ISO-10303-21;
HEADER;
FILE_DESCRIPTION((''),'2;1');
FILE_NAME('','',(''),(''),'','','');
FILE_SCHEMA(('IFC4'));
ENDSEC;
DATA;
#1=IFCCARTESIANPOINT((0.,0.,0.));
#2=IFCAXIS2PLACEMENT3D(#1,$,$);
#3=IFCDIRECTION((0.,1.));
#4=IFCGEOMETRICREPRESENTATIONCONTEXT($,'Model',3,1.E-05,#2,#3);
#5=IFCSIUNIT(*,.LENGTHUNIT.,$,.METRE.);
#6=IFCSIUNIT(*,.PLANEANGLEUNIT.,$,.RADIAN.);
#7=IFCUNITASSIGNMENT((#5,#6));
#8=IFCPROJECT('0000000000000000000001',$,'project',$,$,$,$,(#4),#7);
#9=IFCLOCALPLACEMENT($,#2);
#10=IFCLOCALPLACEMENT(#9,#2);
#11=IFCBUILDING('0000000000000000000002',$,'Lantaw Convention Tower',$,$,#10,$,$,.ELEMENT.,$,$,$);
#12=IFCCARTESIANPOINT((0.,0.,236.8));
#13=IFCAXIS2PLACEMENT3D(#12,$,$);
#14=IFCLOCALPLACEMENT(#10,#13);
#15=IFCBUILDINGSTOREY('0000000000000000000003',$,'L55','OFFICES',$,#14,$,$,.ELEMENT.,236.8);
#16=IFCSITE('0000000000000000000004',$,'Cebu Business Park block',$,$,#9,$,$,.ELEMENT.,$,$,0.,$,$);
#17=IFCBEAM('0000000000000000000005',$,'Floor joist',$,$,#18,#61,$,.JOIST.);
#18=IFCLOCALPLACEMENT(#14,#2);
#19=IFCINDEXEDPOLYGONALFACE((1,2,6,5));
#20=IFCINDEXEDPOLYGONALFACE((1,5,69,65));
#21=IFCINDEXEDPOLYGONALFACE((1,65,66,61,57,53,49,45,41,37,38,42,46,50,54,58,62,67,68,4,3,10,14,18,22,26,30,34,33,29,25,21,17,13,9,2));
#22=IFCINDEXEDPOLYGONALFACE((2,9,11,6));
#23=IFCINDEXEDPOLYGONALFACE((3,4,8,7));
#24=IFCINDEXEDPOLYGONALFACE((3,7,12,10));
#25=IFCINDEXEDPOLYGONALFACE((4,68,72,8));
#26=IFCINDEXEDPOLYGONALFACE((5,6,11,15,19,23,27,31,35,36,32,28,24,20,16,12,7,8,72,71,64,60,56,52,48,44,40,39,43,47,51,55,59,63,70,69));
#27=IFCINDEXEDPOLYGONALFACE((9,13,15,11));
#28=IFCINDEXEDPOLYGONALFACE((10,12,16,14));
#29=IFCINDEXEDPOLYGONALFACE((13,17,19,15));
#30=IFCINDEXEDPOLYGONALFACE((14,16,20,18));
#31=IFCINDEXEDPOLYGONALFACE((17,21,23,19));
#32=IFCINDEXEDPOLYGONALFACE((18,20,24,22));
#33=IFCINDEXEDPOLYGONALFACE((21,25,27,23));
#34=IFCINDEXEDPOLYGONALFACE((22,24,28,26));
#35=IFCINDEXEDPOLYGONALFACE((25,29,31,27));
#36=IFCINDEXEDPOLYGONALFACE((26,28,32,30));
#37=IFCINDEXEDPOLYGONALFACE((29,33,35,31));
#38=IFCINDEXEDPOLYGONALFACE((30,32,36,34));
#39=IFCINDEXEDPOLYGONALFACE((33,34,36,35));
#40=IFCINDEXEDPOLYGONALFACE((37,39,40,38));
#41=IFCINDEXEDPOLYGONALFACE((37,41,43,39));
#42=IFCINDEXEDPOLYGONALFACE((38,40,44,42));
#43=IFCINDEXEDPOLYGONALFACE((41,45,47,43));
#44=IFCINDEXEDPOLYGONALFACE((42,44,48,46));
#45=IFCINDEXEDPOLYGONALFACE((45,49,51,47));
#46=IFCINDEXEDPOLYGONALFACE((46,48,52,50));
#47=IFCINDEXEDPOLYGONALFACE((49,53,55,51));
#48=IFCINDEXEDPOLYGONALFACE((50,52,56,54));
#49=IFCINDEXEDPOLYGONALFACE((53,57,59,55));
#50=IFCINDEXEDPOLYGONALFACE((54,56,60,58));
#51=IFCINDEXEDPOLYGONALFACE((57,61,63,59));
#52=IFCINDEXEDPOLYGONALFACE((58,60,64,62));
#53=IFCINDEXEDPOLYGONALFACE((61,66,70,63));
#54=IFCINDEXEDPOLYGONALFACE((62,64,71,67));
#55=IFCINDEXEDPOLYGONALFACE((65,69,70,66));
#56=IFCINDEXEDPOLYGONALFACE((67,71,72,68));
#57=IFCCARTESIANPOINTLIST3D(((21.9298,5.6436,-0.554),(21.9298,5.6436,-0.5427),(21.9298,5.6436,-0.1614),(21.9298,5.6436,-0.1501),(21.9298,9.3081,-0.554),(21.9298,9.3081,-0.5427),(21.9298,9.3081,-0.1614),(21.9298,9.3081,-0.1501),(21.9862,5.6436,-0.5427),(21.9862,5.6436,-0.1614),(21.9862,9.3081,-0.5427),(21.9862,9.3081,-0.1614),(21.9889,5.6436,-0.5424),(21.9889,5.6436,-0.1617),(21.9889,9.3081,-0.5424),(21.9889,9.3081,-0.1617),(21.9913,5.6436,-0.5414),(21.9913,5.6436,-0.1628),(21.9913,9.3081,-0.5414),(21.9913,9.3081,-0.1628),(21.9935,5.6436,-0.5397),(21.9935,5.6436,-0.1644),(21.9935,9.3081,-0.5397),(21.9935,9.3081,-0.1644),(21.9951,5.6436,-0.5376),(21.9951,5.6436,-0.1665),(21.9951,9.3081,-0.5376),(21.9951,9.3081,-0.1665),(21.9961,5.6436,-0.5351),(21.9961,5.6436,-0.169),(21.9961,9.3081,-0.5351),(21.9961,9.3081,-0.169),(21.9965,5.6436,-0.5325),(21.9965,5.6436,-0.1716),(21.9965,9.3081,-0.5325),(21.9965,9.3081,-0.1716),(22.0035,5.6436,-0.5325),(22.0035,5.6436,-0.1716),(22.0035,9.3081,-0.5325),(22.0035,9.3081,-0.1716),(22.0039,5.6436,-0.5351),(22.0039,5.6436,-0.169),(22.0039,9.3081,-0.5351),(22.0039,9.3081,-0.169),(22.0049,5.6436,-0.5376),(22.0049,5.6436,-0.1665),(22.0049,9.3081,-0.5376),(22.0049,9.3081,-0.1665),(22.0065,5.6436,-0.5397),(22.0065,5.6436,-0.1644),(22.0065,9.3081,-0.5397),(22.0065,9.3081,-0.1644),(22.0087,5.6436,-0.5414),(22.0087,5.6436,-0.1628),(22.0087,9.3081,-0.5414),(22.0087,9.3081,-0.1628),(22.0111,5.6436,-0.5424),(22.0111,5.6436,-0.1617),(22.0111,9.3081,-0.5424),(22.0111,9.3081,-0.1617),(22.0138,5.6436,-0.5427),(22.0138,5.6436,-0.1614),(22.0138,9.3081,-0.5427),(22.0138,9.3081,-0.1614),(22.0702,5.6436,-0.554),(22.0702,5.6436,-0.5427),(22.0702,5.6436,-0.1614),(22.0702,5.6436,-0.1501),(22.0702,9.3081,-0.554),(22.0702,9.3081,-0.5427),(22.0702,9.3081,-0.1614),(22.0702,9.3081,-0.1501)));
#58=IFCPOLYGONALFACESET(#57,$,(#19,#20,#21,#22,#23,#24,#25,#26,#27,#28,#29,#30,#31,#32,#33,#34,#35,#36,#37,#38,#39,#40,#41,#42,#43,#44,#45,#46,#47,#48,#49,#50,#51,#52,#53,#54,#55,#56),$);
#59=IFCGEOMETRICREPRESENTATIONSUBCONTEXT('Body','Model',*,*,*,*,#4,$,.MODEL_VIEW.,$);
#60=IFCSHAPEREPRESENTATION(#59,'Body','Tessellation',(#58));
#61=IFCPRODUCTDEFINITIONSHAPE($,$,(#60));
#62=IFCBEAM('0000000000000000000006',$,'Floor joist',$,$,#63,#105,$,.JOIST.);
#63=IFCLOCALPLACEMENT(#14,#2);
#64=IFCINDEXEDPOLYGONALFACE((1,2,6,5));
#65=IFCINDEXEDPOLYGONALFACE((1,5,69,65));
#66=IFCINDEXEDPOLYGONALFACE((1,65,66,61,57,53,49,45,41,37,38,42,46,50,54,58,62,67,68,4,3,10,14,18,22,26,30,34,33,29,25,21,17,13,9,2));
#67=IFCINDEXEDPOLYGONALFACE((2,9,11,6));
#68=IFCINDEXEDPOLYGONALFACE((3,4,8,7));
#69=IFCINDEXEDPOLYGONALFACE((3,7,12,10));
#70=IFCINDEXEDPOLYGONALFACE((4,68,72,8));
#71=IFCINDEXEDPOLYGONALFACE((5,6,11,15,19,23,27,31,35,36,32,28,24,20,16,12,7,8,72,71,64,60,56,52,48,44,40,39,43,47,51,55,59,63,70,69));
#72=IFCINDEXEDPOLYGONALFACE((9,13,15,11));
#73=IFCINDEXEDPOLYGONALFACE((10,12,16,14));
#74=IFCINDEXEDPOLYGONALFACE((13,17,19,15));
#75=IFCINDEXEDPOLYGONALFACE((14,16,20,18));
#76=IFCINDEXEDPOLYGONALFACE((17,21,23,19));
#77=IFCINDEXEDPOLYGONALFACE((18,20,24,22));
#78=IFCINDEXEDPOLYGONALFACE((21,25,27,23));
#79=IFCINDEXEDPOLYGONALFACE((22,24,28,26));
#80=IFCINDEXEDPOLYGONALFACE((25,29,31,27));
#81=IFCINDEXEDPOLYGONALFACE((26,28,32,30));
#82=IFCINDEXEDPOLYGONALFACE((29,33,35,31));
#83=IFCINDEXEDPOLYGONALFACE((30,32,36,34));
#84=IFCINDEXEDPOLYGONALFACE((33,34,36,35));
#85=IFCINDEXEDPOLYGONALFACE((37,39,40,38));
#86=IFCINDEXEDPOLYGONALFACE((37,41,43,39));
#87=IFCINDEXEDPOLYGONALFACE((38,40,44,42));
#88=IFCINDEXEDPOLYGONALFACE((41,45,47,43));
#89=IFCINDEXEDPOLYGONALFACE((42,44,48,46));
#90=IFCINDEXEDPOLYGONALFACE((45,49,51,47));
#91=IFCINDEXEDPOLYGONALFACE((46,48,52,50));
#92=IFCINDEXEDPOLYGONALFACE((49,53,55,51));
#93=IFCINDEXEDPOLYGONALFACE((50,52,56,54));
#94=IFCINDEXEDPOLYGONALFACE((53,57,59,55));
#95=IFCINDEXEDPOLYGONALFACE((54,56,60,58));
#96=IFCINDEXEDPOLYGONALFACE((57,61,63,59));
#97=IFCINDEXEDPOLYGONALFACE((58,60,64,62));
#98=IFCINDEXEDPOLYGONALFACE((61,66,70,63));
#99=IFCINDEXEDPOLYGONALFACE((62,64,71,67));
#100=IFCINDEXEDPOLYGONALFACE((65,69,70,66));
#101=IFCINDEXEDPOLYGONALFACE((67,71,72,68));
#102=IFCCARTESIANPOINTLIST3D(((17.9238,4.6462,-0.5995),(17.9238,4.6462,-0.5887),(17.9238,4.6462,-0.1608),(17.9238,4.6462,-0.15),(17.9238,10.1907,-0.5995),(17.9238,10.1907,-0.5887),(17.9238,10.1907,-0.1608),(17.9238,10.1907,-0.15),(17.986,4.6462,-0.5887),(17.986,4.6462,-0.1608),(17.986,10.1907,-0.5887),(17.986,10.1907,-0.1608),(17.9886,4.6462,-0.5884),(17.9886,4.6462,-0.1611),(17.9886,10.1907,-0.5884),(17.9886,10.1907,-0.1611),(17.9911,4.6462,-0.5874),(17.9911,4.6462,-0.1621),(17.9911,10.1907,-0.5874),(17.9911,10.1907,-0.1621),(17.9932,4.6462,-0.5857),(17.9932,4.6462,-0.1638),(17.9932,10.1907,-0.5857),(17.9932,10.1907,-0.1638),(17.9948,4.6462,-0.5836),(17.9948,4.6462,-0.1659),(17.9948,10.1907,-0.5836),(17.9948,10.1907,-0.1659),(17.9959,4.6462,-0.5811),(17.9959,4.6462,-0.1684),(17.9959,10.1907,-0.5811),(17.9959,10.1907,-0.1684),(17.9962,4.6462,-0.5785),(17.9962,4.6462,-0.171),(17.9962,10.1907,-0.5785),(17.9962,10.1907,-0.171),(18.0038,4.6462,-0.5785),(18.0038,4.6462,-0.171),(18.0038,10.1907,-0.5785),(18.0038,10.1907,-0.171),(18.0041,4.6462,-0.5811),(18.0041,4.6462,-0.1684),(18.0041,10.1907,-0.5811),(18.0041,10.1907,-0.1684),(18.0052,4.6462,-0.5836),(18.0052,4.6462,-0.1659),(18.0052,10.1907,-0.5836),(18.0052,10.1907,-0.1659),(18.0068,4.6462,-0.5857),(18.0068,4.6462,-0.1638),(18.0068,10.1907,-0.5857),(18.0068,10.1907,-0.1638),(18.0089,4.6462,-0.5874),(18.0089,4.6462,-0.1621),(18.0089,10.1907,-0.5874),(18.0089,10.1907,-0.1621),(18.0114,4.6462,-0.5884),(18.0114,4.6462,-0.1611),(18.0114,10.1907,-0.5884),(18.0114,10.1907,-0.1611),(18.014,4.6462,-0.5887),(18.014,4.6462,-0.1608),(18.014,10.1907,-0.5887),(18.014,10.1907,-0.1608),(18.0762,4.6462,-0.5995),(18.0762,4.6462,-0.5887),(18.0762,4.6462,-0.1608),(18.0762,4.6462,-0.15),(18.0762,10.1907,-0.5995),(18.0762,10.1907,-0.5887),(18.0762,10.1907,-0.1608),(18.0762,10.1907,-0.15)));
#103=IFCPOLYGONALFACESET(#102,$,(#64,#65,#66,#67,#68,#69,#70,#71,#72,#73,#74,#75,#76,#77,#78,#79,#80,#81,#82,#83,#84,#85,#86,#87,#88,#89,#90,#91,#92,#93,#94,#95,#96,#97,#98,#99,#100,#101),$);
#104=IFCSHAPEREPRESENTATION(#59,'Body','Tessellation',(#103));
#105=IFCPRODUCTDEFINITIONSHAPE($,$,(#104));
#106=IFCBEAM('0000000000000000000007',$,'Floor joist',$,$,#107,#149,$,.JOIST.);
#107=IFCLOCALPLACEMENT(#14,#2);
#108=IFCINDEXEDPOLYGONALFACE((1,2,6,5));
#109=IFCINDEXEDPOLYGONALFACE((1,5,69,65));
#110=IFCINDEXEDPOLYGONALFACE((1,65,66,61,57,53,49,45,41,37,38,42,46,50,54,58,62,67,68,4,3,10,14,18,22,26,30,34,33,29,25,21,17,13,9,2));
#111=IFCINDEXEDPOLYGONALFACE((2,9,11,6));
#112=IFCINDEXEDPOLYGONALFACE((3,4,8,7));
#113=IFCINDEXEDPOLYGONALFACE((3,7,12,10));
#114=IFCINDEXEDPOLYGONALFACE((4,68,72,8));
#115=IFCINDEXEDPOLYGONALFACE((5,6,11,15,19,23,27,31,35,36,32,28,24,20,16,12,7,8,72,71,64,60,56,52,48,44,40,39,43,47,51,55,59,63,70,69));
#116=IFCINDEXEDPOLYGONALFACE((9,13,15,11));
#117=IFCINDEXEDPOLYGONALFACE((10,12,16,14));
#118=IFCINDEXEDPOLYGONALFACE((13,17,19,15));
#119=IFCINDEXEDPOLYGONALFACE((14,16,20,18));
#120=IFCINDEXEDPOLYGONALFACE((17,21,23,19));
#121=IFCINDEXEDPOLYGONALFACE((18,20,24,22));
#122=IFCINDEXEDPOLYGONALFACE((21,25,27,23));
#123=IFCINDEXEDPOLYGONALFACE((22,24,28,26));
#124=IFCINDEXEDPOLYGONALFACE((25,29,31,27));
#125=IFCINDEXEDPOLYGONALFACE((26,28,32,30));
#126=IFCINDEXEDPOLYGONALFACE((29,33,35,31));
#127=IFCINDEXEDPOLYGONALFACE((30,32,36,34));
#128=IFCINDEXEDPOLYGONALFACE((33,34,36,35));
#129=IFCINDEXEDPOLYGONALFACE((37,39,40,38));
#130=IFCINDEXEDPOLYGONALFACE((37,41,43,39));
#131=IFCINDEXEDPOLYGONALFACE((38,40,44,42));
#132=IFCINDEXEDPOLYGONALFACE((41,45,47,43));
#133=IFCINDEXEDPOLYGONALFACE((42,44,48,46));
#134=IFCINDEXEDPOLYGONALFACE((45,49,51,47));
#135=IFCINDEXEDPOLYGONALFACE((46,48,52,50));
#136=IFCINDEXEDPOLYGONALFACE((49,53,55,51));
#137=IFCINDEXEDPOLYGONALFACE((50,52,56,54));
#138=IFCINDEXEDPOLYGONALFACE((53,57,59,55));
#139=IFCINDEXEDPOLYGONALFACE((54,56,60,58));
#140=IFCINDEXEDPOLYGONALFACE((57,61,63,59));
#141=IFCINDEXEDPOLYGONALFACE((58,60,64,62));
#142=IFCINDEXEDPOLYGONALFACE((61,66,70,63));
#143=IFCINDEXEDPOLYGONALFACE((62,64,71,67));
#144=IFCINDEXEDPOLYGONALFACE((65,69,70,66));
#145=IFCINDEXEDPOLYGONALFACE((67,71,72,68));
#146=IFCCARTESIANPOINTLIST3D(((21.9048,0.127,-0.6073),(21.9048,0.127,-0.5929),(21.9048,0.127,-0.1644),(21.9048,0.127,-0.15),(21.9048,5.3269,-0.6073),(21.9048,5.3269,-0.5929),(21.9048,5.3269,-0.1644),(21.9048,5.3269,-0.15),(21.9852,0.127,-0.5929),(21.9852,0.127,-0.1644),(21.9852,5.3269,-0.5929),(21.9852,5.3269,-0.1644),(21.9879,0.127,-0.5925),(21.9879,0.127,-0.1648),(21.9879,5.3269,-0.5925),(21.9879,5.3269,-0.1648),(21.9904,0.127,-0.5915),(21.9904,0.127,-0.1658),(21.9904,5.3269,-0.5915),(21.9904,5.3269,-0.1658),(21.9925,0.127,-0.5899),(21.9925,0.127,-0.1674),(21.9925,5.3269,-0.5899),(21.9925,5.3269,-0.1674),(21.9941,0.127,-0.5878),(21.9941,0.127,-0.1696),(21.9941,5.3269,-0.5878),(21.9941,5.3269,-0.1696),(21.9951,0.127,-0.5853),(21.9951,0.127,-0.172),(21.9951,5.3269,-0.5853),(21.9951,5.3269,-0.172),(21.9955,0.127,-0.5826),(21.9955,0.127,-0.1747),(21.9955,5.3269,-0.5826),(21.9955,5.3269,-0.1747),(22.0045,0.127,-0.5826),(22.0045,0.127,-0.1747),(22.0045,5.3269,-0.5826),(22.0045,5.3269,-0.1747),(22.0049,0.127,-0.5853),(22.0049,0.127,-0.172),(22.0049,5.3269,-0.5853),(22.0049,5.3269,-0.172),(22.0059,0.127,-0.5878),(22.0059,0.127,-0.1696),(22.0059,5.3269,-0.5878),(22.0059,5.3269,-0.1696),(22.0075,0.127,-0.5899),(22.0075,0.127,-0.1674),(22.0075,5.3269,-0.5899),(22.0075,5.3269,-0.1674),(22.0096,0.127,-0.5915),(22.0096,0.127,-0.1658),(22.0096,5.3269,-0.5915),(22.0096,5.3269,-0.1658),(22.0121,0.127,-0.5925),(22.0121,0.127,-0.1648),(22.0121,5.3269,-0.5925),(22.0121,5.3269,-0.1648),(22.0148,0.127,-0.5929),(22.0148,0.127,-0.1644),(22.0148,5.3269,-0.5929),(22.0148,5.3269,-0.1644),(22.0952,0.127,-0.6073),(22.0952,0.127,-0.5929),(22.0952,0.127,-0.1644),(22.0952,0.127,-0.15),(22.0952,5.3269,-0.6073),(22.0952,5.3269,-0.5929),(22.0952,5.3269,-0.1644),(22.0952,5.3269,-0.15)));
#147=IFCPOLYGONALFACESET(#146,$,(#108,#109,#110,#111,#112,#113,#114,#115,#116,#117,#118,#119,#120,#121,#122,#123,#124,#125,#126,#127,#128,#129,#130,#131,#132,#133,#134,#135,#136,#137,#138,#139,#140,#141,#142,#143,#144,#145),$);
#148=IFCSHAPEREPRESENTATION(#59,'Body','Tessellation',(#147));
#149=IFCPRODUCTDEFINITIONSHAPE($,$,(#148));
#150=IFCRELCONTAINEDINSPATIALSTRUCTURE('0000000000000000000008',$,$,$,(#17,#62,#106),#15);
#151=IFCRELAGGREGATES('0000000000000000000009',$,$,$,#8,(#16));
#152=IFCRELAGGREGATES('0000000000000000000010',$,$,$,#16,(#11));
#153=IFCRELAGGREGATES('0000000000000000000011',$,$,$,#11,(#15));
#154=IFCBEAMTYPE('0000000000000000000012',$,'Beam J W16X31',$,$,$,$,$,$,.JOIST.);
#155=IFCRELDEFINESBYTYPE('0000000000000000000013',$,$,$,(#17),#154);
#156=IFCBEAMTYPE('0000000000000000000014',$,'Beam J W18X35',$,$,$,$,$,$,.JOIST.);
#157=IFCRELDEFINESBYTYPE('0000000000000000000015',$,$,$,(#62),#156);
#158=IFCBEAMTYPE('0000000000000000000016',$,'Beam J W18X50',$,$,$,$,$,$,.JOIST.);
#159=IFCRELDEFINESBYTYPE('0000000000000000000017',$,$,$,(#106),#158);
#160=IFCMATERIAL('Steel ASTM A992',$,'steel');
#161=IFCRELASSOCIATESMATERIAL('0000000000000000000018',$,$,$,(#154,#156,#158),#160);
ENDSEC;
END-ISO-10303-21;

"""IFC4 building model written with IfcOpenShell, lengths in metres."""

from ifc_helpers import new_model, si_unit, direction, frame, origin, origin_2d, place, context, subcontext, project, spatial, i_section, extrude, material, material_profile, profile_set, type_object, element, save


model = new_model("IFC4")

# Units and contexts
model_context = context("Model", 3, precision=1e-05, world=origin(), true_north=direction((0.0, 1.0)))
body_context = subcontext(model_context, "Body", "Model", "MODEL_VIEW")
ifc_project = project(units=[si_unit("LENGTHUNIT", "METRE"), si_unit("PLANEANGLEUNIT", "RADIAN")], contexts=[model_context])

# Site, building, storey
site_placement = place(None, origin())
site = spatial("IfcSite", under=ifc_project, at=site_placement, Name="Cebu Business Park block", CompositionType="ELEMENT", RefElevation=0.0)
building_placement = place(site_placement, origin())
building = spatial("IfcBuilding", under=site, at=building_placement, Name="Lantaw Convention Tower", CompositionType="ELEMENT")
storey_placement = place(building_placement, frame((0.0, 0.0, 236.8)))
storey = spatial("IfcBuildingStorey", under=building, at=storey_placement, Name="L55", Description="OFFICES", CompositionType="ELEMENT", Elevation=236.8)

# Beams
ifc_material_1 = material(Name="Steel ASTM A992", Category="steel")
ifc_material_profile_1 = material_profile(ifc_material_1, i_section(OverallWidth=0.1404, OverallDepth=0.4038, WebThickness=0.0071, FlangeThickness=0.0112, FilletRadius=0.0103, at=origin_2d()), Name="W16X31")
ifc_profile_set_1 = profile_set([ifc_material_profile_1], Name="Steel ASTM A992")
beam_type_1 = type_object("IfcBeamType", Name="Beam J W16X31", PredefinedType="JOIST", material=ifc_profile_set_1)
beam_1_placement = place(storey_placement, frame((22.0, 5.6436, -0.3521), z_axis=(0.0, 1.0, 0.0), x_axis=(-1.0, 0.0, 0.0)))
element("IfcBeam", 1, at=beam_1_placement, inside=storey, type_object=beam_type_1, Name="Floor joist", PredefinedType="JOIST", context=body_context, shape_type="SweptSolid", body=[
    extrude(i_section(OverallWidth=0.1404, OverallDepth=0.4038, WebThickness=0.0071, FlangeThickness=0.0112, FilletRadius=0.0103, at=origin_2d()), origin(), (0.0, 0.0, 1.0), 3.6646),
])
ifc_material_profile_2 = material_profile(ifc_material_1, i_section(OverallWidth=0.1523, OverallDepth=0.4495, WebThickness=0.0076, FlangeThickness=0.0107, FilletRadius=0.0103, at=origin_2d()), Name="W18X35")
ifc_profile_set_2 = profile_set([ifc_material_profile_2], Name="Steel ASTM A992")
beam_type_2 = type_object("IfcBeamType", Name="Beam J W18X35", PredefinedType="JOIST", material=ifc_profile_set_2)
beam_2_placement = place(storey_placement, frame((18.0, 4.6462, -0.3748), z_axis=(0.0, 1.0, 0.0), x_axis=(-1.0, 0.0, 0.0)))
element("IfcBeam", 2, at=beam_2_placement, inside=storey, type_object=beam_type_2, Name="Floor joist", PredefinedType="JOIST", context=body_context, shape_type="SweptSolid", body=[
    extrude(i_section(OverallWidth=0.1523, OverallDepth=0.4495, WebThickness=0.0076, FlangeThickness=0.0107, FilletRadius=0.0103, at=origin_2d()), origin(), (0.0, 0.0, 1.0), 5.5444),
])
ifc_material_profile_3 = material_profile(ifc_material_1, i_section(OverallWidth=0.1904, OverallDepth=0.4573, WebThickness=0.009, FlangeThickness=0.0144, FilletRadius=0.0103, at=origin_2d()), Name="W18X50")
ifc_profile_set_3 = profile_set([ifc_material_profile_3], Name="Steel ASTM A992")
beam_type_3 = type_object("IfcBeamType", Name="Beam J W18X50", PredefinedType="JOIST", material=ifc_profile_set_3)
beam_3_placement = place(storey_placement, frame((22.0, 0.127, -0.3787), z_axis=(0.0, 1.0, 0.0), x_axis=(-1.0, 0.0, 0.0)))
element("IfcBeam", 3, at=beam_3_placement, inside=storey, type_object=beam_type_3, Name="Floor joist", PredefinedType="JOIST", context=body_context, shape_type="SweptSolid", body=[
    extrude(i_section(OverallWidth=0.1904, OverallDepth=0.4573, WebThickness=0.009, FlangeThickness=0.0144, FilletRadius=0.0103, at=origin_2d()), origin(), (0.0, 0.0, 1.0), 5.2),
])

save(model, "model.ifc")
